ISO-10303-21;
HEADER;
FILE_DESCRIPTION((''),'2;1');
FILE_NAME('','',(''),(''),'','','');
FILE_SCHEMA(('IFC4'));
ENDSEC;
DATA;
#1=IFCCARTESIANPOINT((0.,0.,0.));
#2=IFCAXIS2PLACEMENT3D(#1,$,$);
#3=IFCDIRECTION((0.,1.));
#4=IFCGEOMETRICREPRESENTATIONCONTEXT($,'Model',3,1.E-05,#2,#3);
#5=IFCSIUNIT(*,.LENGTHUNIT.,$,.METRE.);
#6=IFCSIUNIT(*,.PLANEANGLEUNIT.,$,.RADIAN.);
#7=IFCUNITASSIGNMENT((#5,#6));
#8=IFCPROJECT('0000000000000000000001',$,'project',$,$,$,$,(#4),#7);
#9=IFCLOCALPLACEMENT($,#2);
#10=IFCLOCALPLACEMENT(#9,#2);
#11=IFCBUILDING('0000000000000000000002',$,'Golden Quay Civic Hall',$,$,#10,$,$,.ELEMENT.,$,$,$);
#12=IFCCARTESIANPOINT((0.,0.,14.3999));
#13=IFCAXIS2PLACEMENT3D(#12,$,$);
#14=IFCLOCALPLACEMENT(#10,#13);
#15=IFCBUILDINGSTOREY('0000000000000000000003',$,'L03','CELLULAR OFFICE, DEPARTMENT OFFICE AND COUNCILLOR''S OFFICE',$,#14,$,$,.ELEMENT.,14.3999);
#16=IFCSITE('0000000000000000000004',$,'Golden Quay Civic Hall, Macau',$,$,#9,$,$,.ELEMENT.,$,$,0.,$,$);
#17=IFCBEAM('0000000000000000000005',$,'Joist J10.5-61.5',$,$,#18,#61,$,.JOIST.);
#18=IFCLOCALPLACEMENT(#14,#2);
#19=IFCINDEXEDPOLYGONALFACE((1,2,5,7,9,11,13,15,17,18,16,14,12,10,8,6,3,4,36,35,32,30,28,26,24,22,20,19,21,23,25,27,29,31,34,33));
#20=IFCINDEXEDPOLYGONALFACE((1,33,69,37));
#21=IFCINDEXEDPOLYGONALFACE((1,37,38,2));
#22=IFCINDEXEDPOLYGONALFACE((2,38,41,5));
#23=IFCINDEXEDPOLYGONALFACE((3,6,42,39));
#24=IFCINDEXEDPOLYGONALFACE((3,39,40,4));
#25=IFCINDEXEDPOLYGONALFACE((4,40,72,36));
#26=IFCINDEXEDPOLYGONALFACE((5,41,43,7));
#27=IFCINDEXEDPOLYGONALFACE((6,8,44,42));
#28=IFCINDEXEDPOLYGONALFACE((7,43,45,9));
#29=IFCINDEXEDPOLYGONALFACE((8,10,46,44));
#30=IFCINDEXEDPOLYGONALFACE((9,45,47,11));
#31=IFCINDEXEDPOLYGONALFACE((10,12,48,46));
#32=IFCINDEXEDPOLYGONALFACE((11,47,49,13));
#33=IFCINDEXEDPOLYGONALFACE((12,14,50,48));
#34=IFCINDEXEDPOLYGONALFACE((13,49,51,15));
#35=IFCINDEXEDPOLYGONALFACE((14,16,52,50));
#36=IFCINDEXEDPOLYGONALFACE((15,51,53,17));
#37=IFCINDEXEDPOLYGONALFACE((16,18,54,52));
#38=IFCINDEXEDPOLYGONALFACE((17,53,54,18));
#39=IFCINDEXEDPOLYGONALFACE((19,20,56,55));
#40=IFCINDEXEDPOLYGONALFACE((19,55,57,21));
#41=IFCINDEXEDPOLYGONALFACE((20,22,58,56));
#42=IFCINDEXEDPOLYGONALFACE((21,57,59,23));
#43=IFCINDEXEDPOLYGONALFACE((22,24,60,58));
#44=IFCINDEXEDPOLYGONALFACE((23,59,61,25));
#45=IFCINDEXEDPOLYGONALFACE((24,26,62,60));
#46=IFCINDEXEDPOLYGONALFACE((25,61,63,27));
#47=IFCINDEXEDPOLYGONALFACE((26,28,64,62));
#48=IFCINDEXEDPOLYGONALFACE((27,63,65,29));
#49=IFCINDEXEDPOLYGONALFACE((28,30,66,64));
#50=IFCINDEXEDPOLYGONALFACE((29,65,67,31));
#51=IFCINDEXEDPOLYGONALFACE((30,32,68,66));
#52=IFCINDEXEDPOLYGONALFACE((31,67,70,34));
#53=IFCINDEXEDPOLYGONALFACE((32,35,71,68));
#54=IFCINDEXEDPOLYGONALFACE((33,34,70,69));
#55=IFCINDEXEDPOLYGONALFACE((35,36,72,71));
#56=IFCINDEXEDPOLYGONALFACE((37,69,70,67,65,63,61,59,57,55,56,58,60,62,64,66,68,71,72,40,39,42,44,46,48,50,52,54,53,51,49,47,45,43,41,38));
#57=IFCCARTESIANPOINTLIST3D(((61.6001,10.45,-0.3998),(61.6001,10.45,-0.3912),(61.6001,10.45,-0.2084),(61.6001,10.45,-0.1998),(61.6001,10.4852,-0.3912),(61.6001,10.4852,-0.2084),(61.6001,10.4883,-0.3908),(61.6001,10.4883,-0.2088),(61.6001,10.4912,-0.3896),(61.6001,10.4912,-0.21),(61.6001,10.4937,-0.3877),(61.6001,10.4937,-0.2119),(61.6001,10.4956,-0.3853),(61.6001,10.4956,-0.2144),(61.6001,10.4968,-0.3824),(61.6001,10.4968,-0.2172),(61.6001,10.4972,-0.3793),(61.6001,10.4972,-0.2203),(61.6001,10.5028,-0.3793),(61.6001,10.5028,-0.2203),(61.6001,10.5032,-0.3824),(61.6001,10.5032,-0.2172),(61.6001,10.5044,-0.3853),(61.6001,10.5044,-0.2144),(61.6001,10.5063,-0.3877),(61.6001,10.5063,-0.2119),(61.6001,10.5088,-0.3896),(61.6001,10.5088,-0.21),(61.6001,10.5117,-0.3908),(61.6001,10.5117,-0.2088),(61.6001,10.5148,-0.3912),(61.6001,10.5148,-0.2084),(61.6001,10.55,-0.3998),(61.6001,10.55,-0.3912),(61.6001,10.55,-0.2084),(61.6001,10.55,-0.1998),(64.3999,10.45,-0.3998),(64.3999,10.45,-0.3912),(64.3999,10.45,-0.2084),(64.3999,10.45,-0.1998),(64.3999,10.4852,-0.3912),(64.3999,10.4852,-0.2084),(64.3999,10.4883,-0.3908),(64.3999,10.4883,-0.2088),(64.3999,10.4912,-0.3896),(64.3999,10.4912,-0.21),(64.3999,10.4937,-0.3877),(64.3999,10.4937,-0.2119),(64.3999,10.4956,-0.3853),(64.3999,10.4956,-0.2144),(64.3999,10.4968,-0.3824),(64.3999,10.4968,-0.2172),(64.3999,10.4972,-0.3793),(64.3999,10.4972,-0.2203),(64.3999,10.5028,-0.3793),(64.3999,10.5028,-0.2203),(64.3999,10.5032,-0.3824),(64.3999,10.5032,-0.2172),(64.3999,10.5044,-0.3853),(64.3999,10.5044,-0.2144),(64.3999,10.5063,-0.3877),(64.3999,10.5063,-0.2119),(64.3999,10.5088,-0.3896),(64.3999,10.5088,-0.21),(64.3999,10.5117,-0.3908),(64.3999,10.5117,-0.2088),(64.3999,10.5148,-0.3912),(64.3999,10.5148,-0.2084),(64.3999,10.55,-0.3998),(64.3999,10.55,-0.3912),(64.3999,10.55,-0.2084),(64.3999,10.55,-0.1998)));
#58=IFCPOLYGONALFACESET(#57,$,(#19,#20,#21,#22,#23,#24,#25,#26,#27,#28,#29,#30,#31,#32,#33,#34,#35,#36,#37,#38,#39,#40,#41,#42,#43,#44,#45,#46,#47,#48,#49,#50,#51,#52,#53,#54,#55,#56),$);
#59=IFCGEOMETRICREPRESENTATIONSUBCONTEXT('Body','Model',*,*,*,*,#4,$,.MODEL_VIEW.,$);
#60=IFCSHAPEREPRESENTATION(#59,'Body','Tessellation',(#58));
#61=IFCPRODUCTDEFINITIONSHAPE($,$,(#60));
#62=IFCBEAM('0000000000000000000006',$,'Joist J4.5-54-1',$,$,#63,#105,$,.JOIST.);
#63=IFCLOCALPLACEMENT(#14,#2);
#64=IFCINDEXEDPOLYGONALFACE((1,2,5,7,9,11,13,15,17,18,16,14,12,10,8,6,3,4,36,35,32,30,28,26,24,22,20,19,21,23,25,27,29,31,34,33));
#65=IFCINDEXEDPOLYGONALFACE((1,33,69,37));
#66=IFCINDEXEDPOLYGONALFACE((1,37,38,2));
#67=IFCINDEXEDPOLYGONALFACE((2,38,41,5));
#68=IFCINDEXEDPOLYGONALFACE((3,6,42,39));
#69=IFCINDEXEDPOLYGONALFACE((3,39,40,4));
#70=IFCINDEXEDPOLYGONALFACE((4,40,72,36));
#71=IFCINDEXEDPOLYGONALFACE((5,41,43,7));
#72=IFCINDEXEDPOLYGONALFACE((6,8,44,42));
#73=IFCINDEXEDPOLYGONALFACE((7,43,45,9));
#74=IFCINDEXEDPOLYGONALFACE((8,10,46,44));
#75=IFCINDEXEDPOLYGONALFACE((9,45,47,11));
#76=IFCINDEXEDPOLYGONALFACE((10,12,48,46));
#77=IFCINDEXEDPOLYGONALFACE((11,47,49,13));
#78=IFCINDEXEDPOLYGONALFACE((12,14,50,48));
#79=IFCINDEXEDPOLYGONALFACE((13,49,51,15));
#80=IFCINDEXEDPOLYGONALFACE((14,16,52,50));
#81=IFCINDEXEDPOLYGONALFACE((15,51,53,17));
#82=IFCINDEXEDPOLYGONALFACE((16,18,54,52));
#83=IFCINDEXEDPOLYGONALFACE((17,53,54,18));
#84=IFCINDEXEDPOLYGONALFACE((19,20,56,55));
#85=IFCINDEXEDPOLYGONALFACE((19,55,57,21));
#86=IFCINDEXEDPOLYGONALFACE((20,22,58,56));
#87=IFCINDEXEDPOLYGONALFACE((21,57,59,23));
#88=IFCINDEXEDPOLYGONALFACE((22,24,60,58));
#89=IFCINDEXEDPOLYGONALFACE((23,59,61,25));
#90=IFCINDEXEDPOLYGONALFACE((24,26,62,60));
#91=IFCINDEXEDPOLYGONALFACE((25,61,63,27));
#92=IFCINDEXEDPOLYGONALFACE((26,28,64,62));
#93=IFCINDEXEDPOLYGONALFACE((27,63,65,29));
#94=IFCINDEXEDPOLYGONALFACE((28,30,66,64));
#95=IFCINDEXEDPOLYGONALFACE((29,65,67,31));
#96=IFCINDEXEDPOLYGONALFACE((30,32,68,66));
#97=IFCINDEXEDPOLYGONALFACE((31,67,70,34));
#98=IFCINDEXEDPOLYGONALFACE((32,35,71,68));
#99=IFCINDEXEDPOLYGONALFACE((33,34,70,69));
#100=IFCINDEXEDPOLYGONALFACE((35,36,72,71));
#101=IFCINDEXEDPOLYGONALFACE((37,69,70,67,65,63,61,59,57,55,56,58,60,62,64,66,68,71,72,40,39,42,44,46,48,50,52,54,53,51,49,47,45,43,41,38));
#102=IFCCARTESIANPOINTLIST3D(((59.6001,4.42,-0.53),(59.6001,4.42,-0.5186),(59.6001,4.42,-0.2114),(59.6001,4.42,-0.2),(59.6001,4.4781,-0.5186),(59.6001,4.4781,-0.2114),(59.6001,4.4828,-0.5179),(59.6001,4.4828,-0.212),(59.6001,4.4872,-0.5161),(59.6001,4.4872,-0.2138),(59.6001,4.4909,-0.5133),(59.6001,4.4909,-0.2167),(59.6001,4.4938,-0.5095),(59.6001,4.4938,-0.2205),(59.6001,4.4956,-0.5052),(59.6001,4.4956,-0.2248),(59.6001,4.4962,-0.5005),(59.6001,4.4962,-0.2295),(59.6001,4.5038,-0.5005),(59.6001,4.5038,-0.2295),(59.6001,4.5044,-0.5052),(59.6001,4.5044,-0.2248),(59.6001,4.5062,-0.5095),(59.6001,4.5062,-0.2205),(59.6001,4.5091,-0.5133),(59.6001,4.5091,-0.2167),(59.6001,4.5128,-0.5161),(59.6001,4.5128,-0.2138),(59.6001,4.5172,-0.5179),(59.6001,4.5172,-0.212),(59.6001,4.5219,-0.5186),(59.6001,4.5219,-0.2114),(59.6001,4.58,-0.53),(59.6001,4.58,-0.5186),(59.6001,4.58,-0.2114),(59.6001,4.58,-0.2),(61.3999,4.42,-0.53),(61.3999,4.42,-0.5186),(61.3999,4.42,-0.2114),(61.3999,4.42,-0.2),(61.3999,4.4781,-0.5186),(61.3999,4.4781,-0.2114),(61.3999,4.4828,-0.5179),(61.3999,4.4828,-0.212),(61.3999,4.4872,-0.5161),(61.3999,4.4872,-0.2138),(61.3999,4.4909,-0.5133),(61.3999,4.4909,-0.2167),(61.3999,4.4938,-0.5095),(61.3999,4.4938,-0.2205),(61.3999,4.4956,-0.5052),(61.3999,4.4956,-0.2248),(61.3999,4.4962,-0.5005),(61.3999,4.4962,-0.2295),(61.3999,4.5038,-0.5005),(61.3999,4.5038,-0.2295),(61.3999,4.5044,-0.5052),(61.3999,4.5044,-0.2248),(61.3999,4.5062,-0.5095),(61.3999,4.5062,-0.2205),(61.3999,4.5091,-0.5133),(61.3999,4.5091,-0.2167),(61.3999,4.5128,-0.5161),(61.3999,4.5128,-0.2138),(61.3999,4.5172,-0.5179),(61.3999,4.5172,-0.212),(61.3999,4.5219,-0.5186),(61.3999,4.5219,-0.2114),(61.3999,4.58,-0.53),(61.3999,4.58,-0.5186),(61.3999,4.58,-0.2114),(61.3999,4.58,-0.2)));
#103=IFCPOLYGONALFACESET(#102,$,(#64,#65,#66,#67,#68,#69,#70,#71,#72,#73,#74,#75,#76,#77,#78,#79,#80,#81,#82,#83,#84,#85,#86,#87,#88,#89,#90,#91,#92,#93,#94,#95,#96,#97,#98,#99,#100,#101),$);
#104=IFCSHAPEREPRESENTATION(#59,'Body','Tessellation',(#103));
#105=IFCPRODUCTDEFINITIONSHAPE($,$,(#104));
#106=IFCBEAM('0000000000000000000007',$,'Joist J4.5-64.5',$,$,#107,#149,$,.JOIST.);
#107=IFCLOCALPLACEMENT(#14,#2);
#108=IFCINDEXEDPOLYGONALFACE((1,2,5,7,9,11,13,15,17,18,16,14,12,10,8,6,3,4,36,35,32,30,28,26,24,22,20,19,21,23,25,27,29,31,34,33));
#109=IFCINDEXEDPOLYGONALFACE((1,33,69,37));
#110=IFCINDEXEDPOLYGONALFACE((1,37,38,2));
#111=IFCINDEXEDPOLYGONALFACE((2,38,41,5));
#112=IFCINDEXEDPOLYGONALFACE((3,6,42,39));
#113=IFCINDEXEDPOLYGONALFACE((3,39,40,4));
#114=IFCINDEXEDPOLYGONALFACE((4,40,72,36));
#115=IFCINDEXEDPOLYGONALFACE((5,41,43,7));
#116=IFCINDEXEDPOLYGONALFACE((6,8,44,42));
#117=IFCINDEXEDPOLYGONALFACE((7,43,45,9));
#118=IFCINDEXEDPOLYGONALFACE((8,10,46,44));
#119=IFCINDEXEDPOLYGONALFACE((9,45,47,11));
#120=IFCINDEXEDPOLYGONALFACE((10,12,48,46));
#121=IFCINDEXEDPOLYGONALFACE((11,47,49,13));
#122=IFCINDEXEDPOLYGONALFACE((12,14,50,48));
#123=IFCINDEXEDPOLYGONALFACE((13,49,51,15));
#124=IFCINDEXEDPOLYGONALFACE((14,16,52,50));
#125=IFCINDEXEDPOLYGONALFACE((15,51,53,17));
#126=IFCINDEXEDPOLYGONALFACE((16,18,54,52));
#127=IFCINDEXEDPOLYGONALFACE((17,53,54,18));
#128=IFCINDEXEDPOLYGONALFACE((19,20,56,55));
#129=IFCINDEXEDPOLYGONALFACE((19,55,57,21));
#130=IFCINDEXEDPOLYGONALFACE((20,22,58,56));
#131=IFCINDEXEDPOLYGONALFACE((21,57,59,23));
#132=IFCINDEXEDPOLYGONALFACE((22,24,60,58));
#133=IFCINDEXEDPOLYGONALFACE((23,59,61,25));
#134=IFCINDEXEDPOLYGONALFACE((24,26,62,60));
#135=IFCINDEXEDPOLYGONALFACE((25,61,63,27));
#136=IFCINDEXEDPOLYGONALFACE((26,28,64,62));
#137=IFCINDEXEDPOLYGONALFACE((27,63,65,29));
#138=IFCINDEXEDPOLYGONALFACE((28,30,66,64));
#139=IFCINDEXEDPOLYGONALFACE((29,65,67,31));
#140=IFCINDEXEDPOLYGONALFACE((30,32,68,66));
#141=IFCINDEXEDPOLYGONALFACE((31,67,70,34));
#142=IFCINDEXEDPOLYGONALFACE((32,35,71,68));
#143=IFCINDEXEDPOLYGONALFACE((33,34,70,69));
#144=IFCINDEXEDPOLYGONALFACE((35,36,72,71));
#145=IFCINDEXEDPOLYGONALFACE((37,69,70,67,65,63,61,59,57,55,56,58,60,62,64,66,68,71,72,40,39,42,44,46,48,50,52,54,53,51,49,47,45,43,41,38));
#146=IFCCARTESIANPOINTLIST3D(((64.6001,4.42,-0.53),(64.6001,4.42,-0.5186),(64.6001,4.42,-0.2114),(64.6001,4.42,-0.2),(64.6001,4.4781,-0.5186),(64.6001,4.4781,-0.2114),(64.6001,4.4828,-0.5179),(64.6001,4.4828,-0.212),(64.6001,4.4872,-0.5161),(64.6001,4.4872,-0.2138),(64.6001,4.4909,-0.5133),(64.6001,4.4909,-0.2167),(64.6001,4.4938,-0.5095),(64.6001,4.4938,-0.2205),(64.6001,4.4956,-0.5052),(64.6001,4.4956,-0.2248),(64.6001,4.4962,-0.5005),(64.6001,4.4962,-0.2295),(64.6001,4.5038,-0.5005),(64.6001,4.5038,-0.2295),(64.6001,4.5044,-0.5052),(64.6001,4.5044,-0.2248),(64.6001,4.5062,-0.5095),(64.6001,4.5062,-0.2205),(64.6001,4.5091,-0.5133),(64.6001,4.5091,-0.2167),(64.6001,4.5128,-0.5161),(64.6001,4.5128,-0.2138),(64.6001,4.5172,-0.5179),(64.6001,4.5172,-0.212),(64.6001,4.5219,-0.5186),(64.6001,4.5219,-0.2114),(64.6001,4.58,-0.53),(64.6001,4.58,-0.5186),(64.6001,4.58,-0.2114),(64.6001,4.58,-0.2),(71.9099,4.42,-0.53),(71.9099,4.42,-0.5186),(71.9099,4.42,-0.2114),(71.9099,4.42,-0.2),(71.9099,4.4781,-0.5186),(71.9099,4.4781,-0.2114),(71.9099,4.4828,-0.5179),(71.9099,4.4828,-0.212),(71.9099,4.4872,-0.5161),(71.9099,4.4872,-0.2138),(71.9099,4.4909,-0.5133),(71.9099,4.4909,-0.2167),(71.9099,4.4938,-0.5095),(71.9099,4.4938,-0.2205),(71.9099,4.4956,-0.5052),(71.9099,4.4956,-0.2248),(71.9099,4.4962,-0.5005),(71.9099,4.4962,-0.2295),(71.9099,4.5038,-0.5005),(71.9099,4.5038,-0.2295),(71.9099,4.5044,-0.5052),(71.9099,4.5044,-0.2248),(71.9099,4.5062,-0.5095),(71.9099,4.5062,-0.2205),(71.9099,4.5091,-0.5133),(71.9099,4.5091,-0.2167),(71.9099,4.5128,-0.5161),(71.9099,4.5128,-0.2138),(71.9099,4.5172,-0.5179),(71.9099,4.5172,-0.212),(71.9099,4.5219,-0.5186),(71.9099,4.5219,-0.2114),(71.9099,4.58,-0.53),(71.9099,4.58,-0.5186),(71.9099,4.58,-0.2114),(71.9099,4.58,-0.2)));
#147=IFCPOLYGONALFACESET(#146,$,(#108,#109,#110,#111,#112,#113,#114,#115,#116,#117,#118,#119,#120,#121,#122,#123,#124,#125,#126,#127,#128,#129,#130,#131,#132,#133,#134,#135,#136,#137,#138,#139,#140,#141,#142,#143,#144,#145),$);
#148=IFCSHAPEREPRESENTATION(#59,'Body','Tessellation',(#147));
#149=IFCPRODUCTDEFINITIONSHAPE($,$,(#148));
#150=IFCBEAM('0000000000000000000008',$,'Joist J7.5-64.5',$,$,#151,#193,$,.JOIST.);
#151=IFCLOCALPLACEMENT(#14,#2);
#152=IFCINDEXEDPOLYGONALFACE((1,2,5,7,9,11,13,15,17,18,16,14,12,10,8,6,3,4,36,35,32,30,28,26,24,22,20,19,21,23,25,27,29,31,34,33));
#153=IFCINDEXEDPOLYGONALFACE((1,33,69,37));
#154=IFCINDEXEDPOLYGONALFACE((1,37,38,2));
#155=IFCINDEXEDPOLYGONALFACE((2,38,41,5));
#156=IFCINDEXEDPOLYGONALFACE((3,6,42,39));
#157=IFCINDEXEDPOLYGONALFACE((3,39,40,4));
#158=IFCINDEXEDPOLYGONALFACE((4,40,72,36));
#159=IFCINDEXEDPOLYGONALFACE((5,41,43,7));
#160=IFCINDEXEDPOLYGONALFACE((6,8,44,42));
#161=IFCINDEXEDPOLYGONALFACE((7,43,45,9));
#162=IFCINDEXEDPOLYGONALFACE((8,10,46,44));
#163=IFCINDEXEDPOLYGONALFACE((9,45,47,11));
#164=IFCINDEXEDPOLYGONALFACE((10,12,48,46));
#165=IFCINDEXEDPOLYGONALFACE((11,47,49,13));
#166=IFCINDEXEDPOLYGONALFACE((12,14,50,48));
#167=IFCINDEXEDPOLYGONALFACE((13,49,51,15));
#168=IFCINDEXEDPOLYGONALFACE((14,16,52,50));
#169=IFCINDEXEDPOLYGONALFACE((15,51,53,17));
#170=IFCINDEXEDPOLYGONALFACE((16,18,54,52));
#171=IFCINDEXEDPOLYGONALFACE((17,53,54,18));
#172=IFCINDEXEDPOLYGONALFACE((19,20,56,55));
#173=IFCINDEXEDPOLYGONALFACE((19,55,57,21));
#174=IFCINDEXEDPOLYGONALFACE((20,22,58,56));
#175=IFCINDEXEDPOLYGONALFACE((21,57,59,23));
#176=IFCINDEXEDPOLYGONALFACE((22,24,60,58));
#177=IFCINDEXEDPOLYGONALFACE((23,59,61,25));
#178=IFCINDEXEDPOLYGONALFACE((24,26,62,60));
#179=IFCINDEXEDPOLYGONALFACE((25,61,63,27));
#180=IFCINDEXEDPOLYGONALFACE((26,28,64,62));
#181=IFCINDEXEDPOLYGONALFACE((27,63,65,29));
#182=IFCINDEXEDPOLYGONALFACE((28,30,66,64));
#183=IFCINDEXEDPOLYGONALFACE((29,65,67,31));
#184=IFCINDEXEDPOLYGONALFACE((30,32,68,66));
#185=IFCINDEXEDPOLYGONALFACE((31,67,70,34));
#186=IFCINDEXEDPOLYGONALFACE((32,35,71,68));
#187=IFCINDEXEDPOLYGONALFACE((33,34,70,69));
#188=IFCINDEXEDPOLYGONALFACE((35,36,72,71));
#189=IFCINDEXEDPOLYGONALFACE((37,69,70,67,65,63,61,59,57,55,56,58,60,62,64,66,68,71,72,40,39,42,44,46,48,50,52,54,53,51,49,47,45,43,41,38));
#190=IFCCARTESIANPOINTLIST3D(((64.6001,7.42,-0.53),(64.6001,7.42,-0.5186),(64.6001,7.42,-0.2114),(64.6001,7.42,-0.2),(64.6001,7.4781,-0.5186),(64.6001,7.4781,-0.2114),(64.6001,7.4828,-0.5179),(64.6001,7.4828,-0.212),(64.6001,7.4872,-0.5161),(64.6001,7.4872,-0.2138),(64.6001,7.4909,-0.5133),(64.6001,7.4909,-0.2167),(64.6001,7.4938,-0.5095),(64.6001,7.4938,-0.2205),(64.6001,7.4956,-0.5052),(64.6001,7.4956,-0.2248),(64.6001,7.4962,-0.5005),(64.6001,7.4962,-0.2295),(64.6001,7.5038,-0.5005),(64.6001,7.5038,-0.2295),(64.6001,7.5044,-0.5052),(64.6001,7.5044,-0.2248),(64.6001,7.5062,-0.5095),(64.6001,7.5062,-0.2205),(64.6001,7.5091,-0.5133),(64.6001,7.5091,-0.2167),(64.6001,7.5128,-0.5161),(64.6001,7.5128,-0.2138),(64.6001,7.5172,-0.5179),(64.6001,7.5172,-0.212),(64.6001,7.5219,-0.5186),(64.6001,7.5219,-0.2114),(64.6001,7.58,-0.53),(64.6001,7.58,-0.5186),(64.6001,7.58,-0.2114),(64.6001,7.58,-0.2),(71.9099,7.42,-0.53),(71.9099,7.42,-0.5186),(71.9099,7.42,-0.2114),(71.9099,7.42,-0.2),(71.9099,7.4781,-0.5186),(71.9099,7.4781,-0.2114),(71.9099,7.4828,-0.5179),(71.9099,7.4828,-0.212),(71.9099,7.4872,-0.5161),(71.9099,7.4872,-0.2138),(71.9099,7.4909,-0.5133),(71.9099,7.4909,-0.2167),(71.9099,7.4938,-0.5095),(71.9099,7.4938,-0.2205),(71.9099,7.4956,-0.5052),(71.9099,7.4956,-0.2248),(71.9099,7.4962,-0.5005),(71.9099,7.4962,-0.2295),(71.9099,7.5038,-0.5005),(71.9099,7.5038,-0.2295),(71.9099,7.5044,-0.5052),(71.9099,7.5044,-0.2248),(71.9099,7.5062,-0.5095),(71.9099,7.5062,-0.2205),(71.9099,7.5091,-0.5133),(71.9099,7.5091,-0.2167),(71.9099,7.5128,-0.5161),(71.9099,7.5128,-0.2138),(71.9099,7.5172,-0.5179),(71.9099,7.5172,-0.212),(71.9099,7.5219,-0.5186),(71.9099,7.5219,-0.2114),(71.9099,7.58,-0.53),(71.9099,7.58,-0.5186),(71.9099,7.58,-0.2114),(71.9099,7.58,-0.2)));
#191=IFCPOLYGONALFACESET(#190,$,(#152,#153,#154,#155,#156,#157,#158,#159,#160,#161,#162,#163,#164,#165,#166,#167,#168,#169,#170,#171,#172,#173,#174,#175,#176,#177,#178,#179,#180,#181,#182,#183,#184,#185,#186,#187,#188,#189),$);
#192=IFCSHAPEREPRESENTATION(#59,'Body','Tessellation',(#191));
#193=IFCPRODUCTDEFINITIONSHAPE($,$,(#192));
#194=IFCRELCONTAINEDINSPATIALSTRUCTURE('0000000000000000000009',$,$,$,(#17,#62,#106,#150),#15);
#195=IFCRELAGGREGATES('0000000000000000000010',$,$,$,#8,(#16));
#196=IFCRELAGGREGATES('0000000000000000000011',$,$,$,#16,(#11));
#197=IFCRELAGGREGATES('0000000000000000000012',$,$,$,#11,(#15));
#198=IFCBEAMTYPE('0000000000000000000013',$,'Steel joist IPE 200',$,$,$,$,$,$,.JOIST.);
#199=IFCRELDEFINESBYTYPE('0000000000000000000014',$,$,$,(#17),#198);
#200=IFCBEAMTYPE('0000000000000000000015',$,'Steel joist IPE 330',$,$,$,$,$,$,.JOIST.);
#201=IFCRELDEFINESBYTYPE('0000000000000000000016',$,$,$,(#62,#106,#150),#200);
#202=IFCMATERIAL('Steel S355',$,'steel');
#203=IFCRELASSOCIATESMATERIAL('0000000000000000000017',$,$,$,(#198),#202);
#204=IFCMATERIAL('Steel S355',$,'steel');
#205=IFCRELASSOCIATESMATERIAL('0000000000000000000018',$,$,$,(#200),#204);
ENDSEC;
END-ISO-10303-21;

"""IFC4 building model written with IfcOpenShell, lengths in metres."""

from ifc_helpers import new_model, si_unit, direction, frame, origin, origin_2d, place, context, subcontext, project, spatial, i_section, extrude, material, material_profile, profile_set, type_object, element, save


model = new_model("IFC4")

# Units and contexts
model_context = context("Model", 3, precision=1e-05, world=origin(), true_north=direction((0.0, 1.0)))
body_context = subcontext(model_context, "Body", "Model", "MODEL_VIEW")
ifc_project = project(units=[si_unit("LENGTHUNIT", "METRE"), si_unit("PLANEANGLEUNIT", "RADIAN")], contexts=[model_context])

# Site, building, storey
site_placement = place(None, origin())
site = spatial("IfcSite", under=ifc_project, at=site_placement, Name="Golden Quay Civic Hall, Macau", CompositionType="ELEMENT", RefElevation=0.0)
building_placement = place(site_placement, origin())
building = spatial("IfcBuilding", under=site, at=building_placement, Name="Golden Quay Civic Hall", CompositionType="ELEMENT")
storey_placement = place(building_placement, frame((0.0, 0.0, 14.3999)))
storey = spatial("IfcBuildingStorey", under=building, at=storey_placement, Name="L03", Description="CELLULAR OFFICE, DEPARTMENT OFFICE AND COUNCILLOR'S OFFICE", CompositionType="ELEMENT", Elevation=14.3999)

# Beams
ifc_material_1 = material(Name="Steel S355", Category="steel")
ifc_material_profile_1 = material_profile(ifc_material_1, i_section(OverallWidth=0.1001, OverallDepth=0.2, WebThickness=0.0056, FlangeThickness=0.0085, FilletRadius=0.012, at=origin_2d()), Name="IPE 200")
ifc_profile_set_1 = profile_set([ifc_material_profile_1], Name="Steel S355")
beam_type_1 = type_object("IfcBeamType", Name="Steel joist IPE 200", PredefinedType="JOIST", material=ifc_profile_set_1)
for number, where, z_axis, x_axis, name in (
    (1, (61.6001, 10.5, -0.2998), (1.0, 0.0, 0.0), (0.0, 1.0, 0.0), "Joist J10.5-61.5"),
):
    element("IfcBeam", number, at=place(storey_placement, frame(where, z_axis=z_axis, x_axis=x_axis)), inside=storey, type_object=beam_type_1, Name=name, PredefinedType="JOIST", context=body_context, shape_type="SweptSolid", body=[
        extrude(i_section(OverallWidth=0.1001, OverallDepth=0.2, WebThickness=0.0056, FlangeThickness=0.0085, FilletRadius=0.012, at=origin_2d()), origin(), (0.0, 0.0, 1.0), 2.7998),
    ])
ifc_material_2 = material(Name="Steel S355", Category="steel")
ifc_material_profile_2 = material_profile(ifc_material_2, i_section(OverallWidth=0.1599, OverallDepth=0.3301, WebThickness=0.0076, FlangeThickness=0.0115, FilletRadius=0.0181, at=origin_2d()), Name="IPE 330")
ifc_profile_set_2 = profile_set([ifc_material_profile_2], Name="Steel S355")
beam_type_2 = type_object("IfcBeamType", Name="Steel joist IPE 330", PredefinedType="JOIST", material=ifc_profile_set_2)
beam_1_placement = place(storey_placement, frame((59.6001, 4.5, -0.365), z_axis=(1.0, 0.0, 0.0), x_axis=(0.0, 1.0, 0.0)))
element("IfcBeam", 2, at=beam_1_placement, inside=storey, type_object=beam_type_2, Name="Joist J4.5-54-1", PredefinedType="JOIST", context=body_context, shape_type="SweptSolid", body=[
    extrude(i_section(OverallWidth=0.1599, OverallDepth=0.3301, WebThickness=0.0076, FlangeThickness=0.0115, FilletRadius=0.0181, at=origin_2d()), origin(), (0.0, 0.0, 1.0), 1.7998),
])
for number, where, z_axis, x_axis, name in (
    (3, (64.6001, 4.5, -0.365), (1.0, 0.0, 0.0), (0.0, 1.0, 0.0), "Joist J4.5-64.5"),
    (4, (64.6001, 7.5, -0.365), (1.0, 0.0, 0.0), (0.0, 1.0, 0.0), "Joist J7.5-64.5"),
):
    element("IfcBeam", number, at=place(storey_placement, frame(where, z_axis=z_axis, x_axis=x_axis)), inside=storey, type_object=beam_type_2, Name=name, PredefinedType="JOIST", context=body_context, shape_type="SweptSolid", body=[
        extrude(i_section(OverallWidth=0.1599, OverallDepth=0.3301, WebThickness=0.0076, FlangeThickness=0.0115, FilletRadius=0.0181, at=origin_2d()), origin(), (0.0, 0.0, 1.0), 7.3098),
    ])

save(model, "model.ifc")
